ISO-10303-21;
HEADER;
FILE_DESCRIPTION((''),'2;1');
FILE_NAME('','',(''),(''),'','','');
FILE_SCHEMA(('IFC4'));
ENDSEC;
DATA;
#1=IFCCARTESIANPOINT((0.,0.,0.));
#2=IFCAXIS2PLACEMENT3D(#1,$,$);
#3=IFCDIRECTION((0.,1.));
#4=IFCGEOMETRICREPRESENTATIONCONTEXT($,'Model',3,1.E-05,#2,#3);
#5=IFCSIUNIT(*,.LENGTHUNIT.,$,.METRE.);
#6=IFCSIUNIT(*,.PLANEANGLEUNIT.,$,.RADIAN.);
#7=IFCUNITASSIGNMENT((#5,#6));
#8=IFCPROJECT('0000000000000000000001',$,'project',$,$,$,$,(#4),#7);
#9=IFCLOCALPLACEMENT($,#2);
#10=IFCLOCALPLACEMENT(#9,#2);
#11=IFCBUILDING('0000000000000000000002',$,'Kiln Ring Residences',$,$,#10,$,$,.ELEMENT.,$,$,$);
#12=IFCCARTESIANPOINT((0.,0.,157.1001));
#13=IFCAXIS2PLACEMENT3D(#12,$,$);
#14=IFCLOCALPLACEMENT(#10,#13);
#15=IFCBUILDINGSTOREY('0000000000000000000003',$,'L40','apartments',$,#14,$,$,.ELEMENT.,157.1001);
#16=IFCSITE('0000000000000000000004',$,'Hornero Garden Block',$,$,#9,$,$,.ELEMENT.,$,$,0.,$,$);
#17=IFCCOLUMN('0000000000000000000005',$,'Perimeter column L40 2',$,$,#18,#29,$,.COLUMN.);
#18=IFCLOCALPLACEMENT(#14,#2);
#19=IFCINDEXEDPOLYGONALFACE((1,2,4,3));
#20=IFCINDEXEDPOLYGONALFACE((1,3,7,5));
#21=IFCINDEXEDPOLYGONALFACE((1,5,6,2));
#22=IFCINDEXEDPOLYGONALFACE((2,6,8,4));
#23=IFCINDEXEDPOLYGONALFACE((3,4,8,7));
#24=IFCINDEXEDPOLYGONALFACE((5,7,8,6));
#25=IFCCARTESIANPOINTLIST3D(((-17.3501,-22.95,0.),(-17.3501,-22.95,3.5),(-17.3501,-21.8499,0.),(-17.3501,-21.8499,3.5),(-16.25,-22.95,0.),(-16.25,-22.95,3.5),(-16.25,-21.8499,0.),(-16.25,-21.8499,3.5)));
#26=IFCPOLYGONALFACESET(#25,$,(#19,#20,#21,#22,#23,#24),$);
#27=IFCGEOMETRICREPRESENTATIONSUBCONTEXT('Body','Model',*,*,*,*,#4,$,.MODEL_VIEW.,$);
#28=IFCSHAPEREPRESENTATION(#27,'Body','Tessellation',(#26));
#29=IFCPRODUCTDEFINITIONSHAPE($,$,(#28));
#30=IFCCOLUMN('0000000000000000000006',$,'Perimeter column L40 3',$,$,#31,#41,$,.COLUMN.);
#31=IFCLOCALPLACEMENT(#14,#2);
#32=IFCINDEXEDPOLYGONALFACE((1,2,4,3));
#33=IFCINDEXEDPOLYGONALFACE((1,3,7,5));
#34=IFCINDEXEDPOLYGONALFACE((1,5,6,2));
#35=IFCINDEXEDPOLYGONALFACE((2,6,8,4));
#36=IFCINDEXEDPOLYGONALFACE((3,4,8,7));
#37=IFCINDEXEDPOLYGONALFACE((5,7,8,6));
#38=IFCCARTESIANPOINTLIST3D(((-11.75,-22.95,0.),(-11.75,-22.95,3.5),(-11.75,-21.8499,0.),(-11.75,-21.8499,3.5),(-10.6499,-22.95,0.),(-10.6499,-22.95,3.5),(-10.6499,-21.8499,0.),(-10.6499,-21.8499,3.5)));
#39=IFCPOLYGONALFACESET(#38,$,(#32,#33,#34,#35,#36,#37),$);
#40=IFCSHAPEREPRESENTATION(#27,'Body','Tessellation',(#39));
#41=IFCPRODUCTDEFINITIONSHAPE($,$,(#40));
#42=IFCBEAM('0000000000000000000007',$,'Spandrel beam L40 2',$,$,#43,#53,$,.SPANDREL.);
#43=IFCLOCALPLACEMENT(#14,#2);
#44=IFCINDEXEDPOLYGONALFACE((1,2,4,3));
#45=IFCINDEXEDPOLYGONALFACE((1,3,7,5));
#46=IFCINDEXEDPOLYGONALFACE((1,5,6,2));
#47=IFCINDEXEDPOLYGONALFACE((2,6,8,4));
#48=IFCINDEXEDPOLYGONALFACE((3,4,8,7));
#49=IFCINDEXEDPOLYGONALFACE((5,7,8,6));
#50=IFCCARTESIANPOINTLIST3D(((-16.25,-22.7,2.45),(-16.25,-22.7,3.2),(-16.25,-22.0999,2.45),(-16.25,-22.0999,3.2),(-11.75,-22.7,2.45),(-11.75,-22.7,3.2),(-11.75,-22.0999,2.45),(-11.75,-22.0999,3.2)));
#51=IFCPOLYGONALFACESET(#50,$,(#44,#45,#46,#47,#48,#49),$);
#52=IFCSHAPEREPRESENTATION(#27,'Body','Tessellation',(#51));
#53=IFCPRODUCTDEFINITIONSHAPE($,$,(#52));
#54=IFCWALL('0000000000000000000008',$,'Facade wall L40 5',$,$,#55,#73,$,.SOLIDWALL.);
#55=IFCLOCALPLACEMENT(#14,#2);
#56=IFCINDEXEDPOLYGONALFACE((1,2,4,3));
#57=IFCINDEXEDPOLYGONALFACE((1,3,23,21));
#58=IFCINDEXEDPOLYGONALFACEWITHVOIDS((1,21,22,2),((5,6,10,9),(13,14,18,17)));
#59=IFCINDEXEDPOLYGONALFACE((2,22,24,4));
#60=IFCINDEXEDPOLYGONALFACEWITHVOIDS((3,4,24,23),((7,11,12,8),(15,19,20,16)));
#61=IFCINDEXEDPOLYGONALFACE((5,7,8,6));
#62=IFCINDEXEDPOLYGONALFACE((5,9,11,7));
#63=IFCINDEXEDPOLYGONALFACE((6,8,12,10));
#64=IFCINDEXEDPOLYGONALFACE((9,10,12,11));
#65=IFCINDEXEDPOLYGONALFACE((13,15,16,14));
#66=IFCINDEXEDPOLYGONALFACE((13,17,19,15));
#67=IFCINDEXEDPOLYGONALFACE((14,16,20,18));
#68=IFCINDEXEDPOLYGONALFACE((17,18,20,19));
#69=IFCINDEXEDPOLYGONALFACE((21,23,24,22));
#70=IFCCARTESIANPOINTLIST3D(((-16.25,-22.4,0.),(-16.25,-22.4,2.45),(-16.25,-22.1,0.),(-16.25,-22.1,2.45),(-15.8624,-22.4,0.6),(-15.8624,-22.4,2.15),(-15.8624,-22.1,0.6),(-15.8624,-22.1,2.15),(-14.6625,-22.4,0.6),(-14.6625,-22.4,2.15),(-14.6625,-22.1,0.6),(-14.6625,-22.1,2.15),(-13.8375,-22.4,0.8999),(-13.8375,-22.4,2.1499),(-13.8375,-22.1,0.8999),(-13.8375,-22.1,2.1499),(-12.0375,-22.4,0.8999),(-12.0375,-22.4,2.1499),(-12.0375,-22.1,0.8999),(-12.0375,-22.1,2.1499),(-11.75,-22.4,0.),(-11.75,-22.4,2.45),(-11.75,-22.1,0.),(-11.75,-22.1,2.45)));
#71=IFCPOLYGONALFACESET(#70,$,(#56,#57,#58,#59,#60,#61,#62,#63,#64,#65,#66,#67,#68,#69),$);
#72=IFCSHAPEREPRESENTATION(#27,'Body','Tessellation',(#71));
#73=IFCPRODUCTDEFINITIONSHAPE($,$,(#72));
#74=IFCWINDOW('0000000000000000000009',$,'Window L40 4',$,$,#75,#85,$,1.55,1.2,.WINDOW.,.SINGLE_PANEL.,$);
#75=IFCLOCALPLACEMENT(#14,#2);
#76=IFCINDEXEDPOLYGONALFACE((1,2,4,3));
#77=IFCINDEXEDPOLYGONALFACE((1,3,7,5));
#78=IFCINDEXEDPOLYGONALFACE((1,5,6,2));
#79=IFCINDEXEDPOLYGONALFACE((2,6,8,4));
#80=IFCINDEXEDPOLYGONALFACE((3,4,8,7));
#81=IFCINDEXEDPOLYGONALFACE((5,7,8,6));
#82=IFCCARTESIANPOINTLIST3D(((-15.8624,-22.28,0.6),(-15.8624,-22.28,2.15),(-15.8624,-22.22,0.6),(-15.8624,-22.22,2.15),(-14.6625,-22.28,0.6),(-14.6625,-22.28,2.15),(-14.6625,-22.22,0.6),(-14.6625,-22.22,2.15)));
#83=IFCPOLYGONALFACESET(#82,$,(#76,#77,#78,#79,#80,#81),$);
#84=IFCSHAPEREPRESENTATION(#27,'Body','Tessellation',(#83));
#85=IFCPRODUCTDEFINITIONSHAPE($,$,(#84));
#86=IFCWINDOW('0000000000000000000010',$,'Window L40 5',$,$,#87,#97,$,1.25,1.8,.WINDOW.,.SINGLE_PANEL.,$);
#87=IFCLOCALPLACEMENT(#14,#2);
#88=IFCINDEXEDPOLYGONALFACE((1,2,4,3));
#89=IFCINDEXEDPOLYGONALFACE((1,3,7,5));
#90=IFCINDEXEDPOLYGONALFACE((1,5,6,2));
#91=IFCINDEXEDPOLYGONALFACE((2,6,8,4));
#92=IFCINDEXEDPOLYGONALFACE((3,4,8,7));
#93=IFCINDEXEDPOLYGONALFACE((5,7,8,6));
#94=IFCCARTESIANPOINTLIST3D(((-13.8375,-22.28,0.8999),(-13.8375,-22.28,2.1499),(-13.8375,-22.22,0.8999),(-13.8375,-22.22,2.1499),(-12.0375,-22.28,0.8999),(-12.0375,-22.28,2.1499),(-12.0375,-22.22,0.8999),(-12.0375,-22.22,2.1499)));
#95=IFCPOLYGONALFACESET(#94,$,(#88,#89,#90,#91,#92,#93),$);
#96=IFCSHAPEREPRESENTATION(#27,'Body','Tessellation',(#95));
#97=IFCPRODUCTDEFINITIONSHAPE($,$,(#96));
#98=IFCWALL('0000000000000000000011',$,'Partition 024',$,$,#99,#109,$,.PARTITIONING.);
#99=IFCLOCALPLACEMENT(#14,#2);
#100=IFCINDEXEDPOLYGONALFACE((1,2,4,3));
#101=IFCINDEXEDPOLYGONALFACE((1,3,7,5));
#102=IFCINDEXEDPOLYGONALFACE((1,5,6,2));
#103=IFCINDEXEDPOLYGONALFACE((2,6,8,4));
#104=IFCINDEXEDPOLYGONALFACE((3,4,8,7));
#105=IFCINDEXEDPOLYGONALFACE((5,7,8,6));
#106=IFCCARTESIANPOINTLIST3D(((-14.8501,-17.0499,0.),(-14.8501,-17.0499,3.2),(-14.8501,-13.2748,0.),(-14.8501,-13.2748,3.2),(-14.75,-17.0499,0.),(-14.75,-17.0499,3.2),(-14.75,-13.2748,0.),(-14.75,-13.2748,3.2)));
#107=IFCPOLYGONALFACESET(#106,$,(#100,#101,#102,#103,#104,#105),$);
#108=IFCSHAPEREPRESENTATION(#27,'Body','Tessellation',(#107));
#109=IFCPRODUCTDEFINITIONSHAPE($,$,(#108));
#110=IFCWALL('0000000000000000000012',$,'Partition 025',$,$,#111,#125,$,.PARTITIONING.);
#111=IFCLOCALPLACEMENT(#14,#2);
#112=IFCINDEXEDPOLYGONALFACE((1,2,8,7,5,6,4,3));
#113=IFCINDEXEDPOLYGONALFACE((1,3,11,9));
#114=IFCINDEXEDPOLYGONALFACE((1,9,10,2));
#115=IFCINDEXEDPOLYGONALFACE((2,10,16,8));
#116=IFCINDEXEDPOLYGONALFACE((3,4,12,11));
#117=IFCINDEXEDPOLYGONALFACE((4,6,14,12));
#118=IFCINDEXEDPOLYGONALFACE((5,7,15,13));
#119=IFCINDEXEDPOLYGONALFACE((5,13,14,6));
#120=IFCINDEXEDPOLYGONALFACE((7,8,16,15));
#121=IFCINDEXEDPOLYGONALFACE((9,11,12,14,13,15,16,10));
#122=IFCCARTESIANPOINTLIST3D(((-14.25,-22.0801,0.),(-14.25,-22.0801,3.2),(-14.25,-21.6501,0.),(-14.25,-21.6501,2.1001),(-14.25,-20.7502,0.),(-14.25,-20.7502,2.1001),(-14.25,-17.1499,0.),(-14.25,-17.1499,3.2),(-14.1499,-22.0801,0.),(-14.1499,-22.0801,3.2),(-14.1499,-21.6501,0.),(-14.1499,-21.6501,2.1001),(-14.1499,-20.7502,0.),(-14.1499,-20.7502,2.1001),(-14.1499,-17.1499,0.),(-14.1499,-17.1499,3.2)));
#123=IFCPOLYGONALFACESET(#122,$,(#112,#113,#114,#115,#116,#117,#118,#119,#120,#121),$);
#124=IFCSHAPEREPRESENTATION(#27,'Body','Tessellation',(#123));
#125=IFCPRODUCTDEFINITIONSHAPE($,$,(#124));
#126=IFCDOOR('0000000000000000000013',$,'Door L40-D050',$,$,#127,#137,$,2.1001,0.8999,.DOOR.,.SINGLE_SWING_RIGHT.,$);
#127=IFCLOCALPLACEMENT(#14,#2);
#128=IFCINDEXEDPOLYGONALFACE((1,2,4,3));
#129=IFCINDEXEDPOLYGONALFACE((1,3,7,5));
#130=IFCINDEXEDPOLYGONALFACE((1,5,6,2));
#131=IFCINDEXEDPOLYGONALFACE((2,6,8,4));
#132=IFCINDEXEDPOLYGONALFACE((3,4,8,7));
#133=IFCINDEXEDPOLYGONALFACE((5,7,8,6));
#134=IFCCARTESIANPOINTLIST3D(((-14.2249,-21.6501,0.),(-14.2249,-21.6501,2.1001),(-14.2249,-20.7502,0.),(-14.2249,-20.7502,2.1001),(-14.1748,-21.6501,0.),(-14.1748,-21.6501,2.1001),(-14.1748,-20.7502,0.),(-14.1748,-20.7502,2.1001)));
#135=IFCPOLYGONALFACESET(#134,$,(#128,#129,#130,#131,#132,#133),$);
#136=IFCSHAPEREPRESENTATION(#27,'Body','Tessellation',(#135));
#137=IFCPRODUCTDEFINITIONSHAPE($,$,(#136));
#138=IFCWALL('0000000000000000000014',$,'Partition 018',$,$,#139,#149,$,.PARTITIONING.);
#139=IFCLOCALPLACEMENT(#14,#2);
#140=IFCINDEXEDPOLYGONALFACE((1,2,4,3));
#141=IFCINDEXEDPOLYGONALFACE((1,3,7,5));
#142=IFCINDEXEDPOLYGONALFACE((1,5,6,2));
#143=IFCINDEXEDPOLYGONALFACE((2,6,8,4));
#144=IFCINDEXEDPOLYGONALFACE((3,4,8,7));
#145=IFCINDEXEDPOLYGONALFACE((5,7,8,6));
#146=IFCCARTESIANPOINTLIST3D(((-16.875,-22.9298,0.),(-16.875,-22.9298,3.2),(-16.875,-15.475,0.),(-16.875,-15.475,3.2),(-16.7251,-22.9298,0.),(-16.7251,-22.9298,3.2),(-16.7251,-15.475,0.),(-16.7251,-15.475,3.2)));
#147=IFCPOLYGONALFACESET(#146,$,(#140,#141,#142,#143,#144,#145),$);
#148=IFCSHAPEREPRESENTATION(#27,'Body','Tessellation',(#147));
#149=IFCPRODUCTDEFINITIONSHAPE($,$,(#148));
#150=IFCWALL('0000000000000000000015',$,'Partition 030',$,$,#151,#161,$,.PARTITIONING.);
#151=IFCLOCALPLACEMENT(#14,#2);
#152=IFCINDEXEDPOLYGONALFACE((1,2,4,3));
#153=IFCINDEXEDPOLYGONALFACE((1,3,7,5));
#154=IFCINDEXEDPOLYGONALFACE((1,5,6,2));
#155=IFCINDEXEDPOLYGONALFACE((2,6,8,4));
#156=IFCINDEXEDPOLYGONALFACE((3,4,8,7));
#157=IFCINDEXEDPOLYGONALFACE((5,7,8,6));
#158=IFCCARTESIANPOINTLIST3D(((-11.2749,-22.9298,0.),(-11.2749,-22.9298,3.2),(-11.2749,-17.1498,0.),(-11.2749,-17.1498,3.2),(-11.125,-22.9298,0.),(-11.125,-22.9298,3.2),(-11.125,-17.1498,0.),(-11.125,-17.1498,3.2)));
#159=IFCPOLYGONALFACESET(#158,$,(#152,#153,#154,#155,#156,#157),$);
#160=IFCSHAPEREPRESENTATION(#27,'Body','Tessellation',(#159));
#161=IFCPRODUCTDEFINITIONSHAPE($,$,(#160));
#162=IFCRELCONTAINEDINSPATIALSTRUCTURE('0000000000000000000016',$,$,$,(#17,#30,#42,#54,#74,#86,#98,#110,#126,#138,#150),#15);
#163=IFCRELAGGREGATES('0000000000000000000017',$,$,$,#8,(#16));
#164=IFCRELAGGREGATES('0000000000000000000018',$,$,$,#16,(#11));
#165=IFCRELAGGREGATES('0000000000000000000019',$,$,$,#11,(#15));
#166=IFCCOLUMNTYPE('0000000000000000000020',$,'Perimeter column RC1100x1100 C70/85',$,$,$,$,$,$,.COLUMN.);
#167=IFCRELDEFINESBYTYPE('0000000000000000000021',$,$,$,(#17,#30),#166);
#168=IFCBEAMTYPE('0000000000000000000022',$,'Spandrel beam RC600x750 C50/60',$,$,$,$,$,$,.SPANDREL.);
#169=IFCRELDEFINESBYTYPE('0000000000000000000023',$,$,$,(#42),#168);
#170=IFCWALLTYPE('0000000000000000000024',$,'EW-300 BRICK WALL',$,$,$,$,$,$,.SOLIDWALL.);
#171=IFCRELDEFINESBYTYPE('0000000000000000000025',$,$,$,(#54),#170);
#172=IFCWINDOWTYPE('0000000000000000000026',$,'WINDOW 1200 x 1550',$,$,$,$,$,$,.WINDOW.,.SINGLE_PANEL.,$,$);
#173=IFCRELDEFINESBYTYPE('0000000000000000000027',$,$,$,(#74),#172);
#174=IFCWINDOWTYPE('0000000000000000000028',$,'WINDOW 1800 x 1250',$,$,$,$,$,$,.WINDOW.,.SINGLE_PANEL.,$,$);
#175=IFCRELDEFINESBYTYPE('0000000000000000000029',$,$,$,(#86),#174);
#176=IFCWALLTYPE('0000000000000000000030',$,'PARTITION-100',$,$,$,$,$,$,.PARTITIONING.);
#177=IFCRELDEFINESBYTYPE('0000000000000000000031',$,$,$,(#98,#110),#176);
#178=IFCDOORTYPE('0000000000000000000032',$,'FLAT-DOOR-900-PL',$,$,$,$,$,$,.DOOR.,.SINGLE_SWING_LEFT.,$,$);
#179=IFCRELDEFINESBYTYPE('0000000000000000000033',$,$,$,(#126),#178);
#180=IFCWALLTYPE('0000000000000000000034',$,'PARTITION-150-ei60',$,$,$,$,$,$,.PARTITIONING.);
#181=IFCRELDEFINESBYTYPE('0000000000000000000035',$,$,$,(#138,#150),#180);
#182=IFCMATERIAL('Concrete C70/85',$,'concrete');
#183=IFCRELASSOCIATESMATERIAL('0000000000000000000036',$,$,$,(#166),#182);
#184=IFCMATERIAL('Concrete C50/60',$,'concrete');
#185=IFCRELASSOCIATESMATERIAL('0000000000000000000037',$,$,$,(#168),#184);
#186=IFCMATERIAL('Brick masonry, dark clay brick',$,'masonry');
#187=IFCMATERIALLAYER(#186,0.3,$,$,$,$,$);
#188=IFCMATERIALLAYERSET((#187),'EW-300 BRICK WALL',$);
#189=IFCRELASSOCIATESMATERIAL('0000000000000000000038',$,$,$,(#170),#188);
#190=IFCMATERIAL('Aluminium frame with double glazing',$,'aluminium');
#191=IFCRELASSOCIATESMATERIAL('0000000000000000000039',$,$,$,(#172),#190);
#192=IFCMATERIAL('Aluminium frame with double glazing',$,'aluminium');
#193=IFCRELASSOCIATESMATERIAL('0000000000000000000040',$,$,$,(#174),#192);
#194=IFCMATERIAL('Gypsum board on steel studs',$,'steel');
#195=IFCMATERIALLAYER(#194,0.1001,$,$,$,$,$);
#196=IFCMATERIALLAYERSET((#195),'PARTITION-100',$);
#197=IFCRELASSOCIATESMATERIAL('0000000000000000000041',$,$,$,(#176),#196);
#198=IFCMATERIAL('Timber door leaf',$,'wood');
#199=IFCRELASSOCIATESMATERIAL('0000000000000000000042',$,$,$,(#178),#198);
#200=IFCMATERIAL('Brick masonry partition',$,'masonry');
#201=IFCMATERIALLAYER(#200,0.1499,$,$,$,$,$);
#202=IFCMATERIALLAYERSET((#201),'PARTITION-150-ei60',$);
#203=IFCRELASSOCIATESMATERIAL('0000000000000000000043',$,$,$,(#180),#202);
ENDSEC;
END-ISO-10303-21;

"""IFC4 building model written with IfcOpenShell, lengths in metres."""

from ifc_helpers import new_model, si_unit, direction, frame, frame_2d, origin, origin_2d, place, context, subcontext, project, spatial, rectangle, extrude, material, layer, layer_set, material_profile, profile_set, type_object, element, fill, save


model = new_model("IFC4")

# Units and contexts
model_context = context("Model", 3, precision=1e-05, world=origin(), true_north=direction((0.0, 1.0)))
body_context = subcontext(model_context, "Body", "Model", "MODEL_VIEW")
ifc_project = project(units=[si_unit("LENGTHUNIT", "METRE"), si_unit("PLANEANGLEUNIT", "RADIAN")], contexts=[model_context])

# Site, building, storey
site_placement = place(None, origin())
site = spatial("IfcSite", under=ifc_project, at=site_placement, Name="Hornero Garden Block", CompositionType="ELEMENT", RefElevation=0.0)
building_placement = place(site_placement, origin())
building = spatial("IfcBuilding", under=site, at=building_placement, Name="Kiln Ring Residences", CompositionType="ELEMENT")
storey_placement = place(building_placement, frame((0.0, 0.0, 157.1001)))
storey = spatial("IfcBuildingStorey", under=building, at=storey_placement, Name="L40", Description="apartments", CompositionType="ELEMENT", Elevation=157.1001)

# Columns
ifc_material_1 = material(Name="Concrete C70/85", Category="concrete")
ifc_material_profile_1 = material_profile(ifc_material_1, rectangle(XDim=1.1001, YDim=1.1001, at=origin_2d()), Name="RC1100x1100")
ifc_profile_set_1 = profile_set([ifc_material_profile_1], Name="Concrete C70/85")
column_type = type_object("IfcColumnType", Name="Perimeter column RC1100x1100 C70/85", PredefinedType="COLUMN", material=ifc_profile_set_1)
for number, where, z_axis, x_axis, name in (
    (1, (-16.8, -22.3999, 0.0), (0.0, 0.0, 1.0), (1.0, 0.0, 0.0), "Perimeter column L40 2"),
    (2, (-11.2, -22.3999, 0.0), (0.0, 0.0, 1.0), (1.0, 0.0, 0.0), "Perimeter column L40 3"),
):
    element("IfcColumn", number, at=place(storey_placement, frame(where, z_axis=z_axis, x_axis=x_axis)), inside=storey, type_object=column_type, Name=name, PredefinedType="COLUMN", context=body_context, shape_type="SweptSolid", body=[
        extrude(rectangle(XDim=1.1001, YDim=1.1001, at=origin_2d()), origin(), (0.0, 0.0, 1.0), 3.5),
    ])

# Beam
ifc_material_2 = material(Name="Concrete C50/60", Category="concrete")
ifc_material_profile_2 = material_profile(ifc_material_2, rectangle(XDim=0.6001, YDim=0.75, at=origin_2d()), Name="RC600x750")
ifc_profile_set_2 = profile_set([ifc_material_profile_2], Name="Concrete C50/60")
beam_type = type_object("IfcBeamType", Name="Spandrel beam RC600x750 C50/60", PredefinedType="SPANDREL", material=ifc_profile_set_2)
beam_placement = place(storey_placement, frame((-16.25, -22.3999, 2.825), z_axis=(1.0, 0.0, 0.0), x_axis=(0.0, 1.0, 0.0)))
element("IfcBeam", 3, at=beam_placement, inside=storey, type_object=beam_type, Name="Spandrel beam L40 2", PredefinedType="SPANDREL", context=body_context, shape_type="SweptSolid", body=[
    extrude(rectangle(XDim=0.6001, YDim=0.75, at=origin_2d()), origin(), (0.0, 0.0, 1.0), 4.5),
])

# Wall, openings, windows
ifc_material_3 = material(Name="Brick masonry, dark clay brick", Category="masonry")
ifc_layer_1 = layer(ifc_material_3, 0.3)
ifc_layer_set_1 = layer_set([ifc_layer_1], Name="EW-300 BRICK WALL")
wall_type_1 = type_object("IfcWallType", Name="EW-300 BRICK WALL", PredefinedType="SOLIDWALL", material=ifc_layer_set_1)
wall_1_placement = place(storey_placement, frame((-16.25, -22.25, 0.0), z_axis=(0.0, 0.0, 1.0), x_axis=(1.0, 0.0, 0.0)))
wall_1 = element("IfcWall", 4, at=wall_1_placement, inside=storey, type_object=wall_type_1, Name="Facade wall L40 5", PredefinedType="SOLIDWALL", context=body_context, shape_type="SweptSolid", body=[
    extrude(rectangle(XDim=4.5, YDim=0.3, at=frame_2d((2.25, 0.0))), origin(), (0.0, 0.0, 1.0), 2.45),
])
opening_1_placement = place(wall_1_placement, frame((0.3875, 0.0, 0.6001)))
opening_1 = element("IfcOpeningElement", 5, at=opening_1_placement, cuts=wall_1, PredefinedType="OPENING", context=body_context, shape_type="SweptSolid", body=[
    extrude(rectangle(XDim=1.2, YDim=1.55, at=frame_2d((0.6001, 0.7749))), frame((0.0, 0.1599, 0.0), z_axis=(0.0, -1.0, 0.0), x_axis=(1.0, 0.0, 0.0)), (0.0, 0.0, 1.0), 0.3201),
])
opening_2_placement = place(wall_1_placement, frame((2.4126, 0.0, 0.8999)))
opening_2 = element("IfcOpeningElement", 6, at=opening_2_placement, cuts=wall_1, PredefinedType="OPENING", context=body_context, shape_type="SweptSolid", body=[
    extrude(rectangle(XDim=1.8, YDim=1.25, at=frame_2d((0.8999, 0.625))), frame((0.0, 0.1599, 0.0), z_axis=(0.0, -1.0, 0.0), x_axis=(1.0, 0.0, 0.0)), (0.0, 0.0, 1.0), 0.3201),
])
ifc_material_4 = material(Name="Aluminium frame with double glazing", Category="aluminium")
window_type_1 = type_object("IfcWindowType", Name="WINDOW 1200 x 1550", PartitioningType="SINGLE_PANEL", PredefinedType="WINDOW", material=ifc_material_4)
window_1_placement = place(opening_1_placement, origin())
window_1 = element("IfcWindow", 7, at=window_1_placement, inside=storey, type_object=window_type_1, Name="Window L40 4", OverallHeight=1.55, OverallWidth=1.2, PartitioningType="SINGLE_PANEL", PredefinedType="WINDOW", context=body_context, shape_type="SweptSolid", body=[
    extrude(rectangle(XDim=1.2, YDim=1.55, at=frame_2d((0.6001, 0.7749))), frame((0.0, 0.03, 0.0), z_axis=(0.0, -1.0, 0.0), x_axis=(1.0, 0.0, 0.0)), (0.0, 0.0, 1.0), 0.0601),
])
fill(opening_1, window_1)
ifc_material_5 = material(Name="Aluminium frame with double glazing", Category="aluminium")
window_type_2 = type_object("IfcWindowType", Name="WINDOW 1800 x 1250", PartitioningType="SINGLE_PANEL", PredefinedType="WINDOW", material=ifc_material_5)
window_2_placement = place(opening_2_placement, origin())
window_2 = element("IfcWindow", 8, at=window_2_placement, inside=storey, type_object=window_type_2, Name="Window L40 5", OverallHeight=1.25, OverallWidth=1.8, PartitioningType="SINGLE_PANEL", PredefinedType="WINDOW", context=body_context, shape_type="SweptSolid", body=[
    extrude(rectangle(XDim=1.8, YDim=1.25, at=frame_2d((0.8999, 0.625))), frame((0.0, 0.03, 0.0), z_axis=(0.0, -1.0, 0.0), x_axis=(1.0, 0.0, 0.0)), (0.0, 0.0, 1.0), 0.0601),
])
fill(opening_2, window_2)

# Shared definitions
ifc_material_6 = material(Name="Gypsum board on steel studs", Category="steel")
ifc_layer_2 = layer(ifc_material_6, 0.1001)
ifc_layer_set_2 = layer_set([ifc_layer_2], Name="PARTITION-100")
wall_type_2 = type_object("IfcWallType", Name="PARTITION-100", PredefinedType="PARTITIONING", material=ifc_layer_set_2)
ifc_material_7 = material(Name="Timber door leaf", Category="wood")
door_type_1 = type_object("IfcDoorType", Name="FLAT-DOOR-900-PL", OperationType="SINGLE_SWING_LEFT", PredefinedType="DOOR", material=ifc_material_7)

# Wall
wall_2_placement = place(storey_placement, frame((-14.8, -17.05, 0.0), z_axis=(0.0, 0.0, 1.0), x_axis=(0.0, 1.0, 0.0)))
element("IfcWall", 9, at=wall_2_placement, inside=storey, type_object=wall_type_2, Name="Partition 024", PredefinedType="PARTITIONING", context=body_context, shape_type="SweptSolid", body=[
    extrude(rectangle(XDim=3.7751, YDim=0.1001, at=frame_2d((1.8877, 0.0))), origin(), (0.0, 0.0, 1.0), 3.2),
])

# Wall, opening, door
wall_3_placement = place(storey_placement, frame((-14.2, -22.0801, 0.0), z_axis=(0.0, 0.0, 1.0), x_axis=(0.0, 1.0, 0.0)))
wall_3 = element("IfcWall", 10, at=wall_3_placement, inside=storey, type_object=wall_type_2, Name="Partition 025", PredefinedType="PARTITIONING", context=body_context, shape_type="SweptSolid", body=[
    extrude(rectangle(XDim=4.9302, YDim=0.1001, at=frame_2d((2.4651, 0.0))), origin(), (0.0, 0.0, 1.0), 3.2),
])
opening_3_placement = place(wall_3_placement, frame((0.4299, 0.0, 0.0)))
opening_3 = element("IfcOpeningElement", 11, at=opening_3_placement, cuts=wall_3, PredefinedType="OPENING", context=body_context, shape_type="SweptSolid", body=[
    extrude(rectangle(XDim=0.8999, YDim=2.1001, at=frame_2d((0.45, 1.05))), frame((0.0, 0.0601, 0.0), z_axis=(0.0, -1.0, 0.0), x_axis=(1.0, 0.0, 0.0)), (0.0, 0.0, 1.0), 0.1201),
])
door_1_placement = place(opening_3_placement, origin())
door_1 = element("IfcDoor", 12, at=door_1_placement, inside=storey, type_object=door_type_1, Name="Door L40-D050", OperationType="SINGLE_SWING_RIGHT", OverallHeight=2.1001, OverallWidth=0.8999, PredefinedType="DOOR", context=body_context, shape_type="SweptSolid", body=[
    extrude(rectangle(XDim=0.8999, YDim=2.1001, at=frame_2d((0.45, 1.05))), frame((0.0, 0.0249, 0.0), z_axis=(0.0, -1.0, 0.0), x_axis=(1.0, 0.0, 0.0)), (0.0, 0.0, 1.0), 0.05),
])
fill(opening_3, door_1)

# Walls
ifc_material_8 = material(Name="Brick masonry partition", Category="masonry")
ifc_layer_3 = layer(ifc_material_8, 0.1499)
ifc_layer_set_3 = layer_set([ifc_layer_3], Name="PARTITION-150-ei60")
wall_type_3 = type_object("IfcWallType", Name="PARTITION-150-ei60", PredefinedType="PARTITIONING", material=ifc_layer_set_3)
wall_4_placement = place(storey_placement, frame((-16.8, -22.9299, 0.0), z_axis=(0.0, 0.0, 1.0), x_axis=(0.0, 1.0, 0.0)))
element("IfcWall", 13, at=wall_4_placement, inside=storey, type_object=wall_type_3, Name="Partition 018", PredefinedType="PARTITIONING", context=body_context, shape_type="SweptSolid", body=[
    extrude(rectangle(XDim=7.4548, YDim=0.1499, at=frame_2d((3.7275, 0.0))), origin(), (0.0, 0.0, 1.0), 3.2),
])
wall_5_placement = place(storey_placement, frame((-11.2, -22.9299, 0.0), z_axis=(0.0, 0.0, 1.0), x_axis=(0.0, 1.0, 0.0)))
element("IfcWall", 14, at=wall_5_placement, inside=storey, type_object=wall_type_3, Name="Partition 030", PredefinedType="PARTITIONING", context=body_context, shape_type="SweptSolid", body=[
    extrude(rectangle(XDim=5.78, YDim=0.1499, at=frame_2d((2.8901, 0.0))), origin(), (0.0, 0.0, 1.0), 3.2),
])

save(model, "model.ifc")
